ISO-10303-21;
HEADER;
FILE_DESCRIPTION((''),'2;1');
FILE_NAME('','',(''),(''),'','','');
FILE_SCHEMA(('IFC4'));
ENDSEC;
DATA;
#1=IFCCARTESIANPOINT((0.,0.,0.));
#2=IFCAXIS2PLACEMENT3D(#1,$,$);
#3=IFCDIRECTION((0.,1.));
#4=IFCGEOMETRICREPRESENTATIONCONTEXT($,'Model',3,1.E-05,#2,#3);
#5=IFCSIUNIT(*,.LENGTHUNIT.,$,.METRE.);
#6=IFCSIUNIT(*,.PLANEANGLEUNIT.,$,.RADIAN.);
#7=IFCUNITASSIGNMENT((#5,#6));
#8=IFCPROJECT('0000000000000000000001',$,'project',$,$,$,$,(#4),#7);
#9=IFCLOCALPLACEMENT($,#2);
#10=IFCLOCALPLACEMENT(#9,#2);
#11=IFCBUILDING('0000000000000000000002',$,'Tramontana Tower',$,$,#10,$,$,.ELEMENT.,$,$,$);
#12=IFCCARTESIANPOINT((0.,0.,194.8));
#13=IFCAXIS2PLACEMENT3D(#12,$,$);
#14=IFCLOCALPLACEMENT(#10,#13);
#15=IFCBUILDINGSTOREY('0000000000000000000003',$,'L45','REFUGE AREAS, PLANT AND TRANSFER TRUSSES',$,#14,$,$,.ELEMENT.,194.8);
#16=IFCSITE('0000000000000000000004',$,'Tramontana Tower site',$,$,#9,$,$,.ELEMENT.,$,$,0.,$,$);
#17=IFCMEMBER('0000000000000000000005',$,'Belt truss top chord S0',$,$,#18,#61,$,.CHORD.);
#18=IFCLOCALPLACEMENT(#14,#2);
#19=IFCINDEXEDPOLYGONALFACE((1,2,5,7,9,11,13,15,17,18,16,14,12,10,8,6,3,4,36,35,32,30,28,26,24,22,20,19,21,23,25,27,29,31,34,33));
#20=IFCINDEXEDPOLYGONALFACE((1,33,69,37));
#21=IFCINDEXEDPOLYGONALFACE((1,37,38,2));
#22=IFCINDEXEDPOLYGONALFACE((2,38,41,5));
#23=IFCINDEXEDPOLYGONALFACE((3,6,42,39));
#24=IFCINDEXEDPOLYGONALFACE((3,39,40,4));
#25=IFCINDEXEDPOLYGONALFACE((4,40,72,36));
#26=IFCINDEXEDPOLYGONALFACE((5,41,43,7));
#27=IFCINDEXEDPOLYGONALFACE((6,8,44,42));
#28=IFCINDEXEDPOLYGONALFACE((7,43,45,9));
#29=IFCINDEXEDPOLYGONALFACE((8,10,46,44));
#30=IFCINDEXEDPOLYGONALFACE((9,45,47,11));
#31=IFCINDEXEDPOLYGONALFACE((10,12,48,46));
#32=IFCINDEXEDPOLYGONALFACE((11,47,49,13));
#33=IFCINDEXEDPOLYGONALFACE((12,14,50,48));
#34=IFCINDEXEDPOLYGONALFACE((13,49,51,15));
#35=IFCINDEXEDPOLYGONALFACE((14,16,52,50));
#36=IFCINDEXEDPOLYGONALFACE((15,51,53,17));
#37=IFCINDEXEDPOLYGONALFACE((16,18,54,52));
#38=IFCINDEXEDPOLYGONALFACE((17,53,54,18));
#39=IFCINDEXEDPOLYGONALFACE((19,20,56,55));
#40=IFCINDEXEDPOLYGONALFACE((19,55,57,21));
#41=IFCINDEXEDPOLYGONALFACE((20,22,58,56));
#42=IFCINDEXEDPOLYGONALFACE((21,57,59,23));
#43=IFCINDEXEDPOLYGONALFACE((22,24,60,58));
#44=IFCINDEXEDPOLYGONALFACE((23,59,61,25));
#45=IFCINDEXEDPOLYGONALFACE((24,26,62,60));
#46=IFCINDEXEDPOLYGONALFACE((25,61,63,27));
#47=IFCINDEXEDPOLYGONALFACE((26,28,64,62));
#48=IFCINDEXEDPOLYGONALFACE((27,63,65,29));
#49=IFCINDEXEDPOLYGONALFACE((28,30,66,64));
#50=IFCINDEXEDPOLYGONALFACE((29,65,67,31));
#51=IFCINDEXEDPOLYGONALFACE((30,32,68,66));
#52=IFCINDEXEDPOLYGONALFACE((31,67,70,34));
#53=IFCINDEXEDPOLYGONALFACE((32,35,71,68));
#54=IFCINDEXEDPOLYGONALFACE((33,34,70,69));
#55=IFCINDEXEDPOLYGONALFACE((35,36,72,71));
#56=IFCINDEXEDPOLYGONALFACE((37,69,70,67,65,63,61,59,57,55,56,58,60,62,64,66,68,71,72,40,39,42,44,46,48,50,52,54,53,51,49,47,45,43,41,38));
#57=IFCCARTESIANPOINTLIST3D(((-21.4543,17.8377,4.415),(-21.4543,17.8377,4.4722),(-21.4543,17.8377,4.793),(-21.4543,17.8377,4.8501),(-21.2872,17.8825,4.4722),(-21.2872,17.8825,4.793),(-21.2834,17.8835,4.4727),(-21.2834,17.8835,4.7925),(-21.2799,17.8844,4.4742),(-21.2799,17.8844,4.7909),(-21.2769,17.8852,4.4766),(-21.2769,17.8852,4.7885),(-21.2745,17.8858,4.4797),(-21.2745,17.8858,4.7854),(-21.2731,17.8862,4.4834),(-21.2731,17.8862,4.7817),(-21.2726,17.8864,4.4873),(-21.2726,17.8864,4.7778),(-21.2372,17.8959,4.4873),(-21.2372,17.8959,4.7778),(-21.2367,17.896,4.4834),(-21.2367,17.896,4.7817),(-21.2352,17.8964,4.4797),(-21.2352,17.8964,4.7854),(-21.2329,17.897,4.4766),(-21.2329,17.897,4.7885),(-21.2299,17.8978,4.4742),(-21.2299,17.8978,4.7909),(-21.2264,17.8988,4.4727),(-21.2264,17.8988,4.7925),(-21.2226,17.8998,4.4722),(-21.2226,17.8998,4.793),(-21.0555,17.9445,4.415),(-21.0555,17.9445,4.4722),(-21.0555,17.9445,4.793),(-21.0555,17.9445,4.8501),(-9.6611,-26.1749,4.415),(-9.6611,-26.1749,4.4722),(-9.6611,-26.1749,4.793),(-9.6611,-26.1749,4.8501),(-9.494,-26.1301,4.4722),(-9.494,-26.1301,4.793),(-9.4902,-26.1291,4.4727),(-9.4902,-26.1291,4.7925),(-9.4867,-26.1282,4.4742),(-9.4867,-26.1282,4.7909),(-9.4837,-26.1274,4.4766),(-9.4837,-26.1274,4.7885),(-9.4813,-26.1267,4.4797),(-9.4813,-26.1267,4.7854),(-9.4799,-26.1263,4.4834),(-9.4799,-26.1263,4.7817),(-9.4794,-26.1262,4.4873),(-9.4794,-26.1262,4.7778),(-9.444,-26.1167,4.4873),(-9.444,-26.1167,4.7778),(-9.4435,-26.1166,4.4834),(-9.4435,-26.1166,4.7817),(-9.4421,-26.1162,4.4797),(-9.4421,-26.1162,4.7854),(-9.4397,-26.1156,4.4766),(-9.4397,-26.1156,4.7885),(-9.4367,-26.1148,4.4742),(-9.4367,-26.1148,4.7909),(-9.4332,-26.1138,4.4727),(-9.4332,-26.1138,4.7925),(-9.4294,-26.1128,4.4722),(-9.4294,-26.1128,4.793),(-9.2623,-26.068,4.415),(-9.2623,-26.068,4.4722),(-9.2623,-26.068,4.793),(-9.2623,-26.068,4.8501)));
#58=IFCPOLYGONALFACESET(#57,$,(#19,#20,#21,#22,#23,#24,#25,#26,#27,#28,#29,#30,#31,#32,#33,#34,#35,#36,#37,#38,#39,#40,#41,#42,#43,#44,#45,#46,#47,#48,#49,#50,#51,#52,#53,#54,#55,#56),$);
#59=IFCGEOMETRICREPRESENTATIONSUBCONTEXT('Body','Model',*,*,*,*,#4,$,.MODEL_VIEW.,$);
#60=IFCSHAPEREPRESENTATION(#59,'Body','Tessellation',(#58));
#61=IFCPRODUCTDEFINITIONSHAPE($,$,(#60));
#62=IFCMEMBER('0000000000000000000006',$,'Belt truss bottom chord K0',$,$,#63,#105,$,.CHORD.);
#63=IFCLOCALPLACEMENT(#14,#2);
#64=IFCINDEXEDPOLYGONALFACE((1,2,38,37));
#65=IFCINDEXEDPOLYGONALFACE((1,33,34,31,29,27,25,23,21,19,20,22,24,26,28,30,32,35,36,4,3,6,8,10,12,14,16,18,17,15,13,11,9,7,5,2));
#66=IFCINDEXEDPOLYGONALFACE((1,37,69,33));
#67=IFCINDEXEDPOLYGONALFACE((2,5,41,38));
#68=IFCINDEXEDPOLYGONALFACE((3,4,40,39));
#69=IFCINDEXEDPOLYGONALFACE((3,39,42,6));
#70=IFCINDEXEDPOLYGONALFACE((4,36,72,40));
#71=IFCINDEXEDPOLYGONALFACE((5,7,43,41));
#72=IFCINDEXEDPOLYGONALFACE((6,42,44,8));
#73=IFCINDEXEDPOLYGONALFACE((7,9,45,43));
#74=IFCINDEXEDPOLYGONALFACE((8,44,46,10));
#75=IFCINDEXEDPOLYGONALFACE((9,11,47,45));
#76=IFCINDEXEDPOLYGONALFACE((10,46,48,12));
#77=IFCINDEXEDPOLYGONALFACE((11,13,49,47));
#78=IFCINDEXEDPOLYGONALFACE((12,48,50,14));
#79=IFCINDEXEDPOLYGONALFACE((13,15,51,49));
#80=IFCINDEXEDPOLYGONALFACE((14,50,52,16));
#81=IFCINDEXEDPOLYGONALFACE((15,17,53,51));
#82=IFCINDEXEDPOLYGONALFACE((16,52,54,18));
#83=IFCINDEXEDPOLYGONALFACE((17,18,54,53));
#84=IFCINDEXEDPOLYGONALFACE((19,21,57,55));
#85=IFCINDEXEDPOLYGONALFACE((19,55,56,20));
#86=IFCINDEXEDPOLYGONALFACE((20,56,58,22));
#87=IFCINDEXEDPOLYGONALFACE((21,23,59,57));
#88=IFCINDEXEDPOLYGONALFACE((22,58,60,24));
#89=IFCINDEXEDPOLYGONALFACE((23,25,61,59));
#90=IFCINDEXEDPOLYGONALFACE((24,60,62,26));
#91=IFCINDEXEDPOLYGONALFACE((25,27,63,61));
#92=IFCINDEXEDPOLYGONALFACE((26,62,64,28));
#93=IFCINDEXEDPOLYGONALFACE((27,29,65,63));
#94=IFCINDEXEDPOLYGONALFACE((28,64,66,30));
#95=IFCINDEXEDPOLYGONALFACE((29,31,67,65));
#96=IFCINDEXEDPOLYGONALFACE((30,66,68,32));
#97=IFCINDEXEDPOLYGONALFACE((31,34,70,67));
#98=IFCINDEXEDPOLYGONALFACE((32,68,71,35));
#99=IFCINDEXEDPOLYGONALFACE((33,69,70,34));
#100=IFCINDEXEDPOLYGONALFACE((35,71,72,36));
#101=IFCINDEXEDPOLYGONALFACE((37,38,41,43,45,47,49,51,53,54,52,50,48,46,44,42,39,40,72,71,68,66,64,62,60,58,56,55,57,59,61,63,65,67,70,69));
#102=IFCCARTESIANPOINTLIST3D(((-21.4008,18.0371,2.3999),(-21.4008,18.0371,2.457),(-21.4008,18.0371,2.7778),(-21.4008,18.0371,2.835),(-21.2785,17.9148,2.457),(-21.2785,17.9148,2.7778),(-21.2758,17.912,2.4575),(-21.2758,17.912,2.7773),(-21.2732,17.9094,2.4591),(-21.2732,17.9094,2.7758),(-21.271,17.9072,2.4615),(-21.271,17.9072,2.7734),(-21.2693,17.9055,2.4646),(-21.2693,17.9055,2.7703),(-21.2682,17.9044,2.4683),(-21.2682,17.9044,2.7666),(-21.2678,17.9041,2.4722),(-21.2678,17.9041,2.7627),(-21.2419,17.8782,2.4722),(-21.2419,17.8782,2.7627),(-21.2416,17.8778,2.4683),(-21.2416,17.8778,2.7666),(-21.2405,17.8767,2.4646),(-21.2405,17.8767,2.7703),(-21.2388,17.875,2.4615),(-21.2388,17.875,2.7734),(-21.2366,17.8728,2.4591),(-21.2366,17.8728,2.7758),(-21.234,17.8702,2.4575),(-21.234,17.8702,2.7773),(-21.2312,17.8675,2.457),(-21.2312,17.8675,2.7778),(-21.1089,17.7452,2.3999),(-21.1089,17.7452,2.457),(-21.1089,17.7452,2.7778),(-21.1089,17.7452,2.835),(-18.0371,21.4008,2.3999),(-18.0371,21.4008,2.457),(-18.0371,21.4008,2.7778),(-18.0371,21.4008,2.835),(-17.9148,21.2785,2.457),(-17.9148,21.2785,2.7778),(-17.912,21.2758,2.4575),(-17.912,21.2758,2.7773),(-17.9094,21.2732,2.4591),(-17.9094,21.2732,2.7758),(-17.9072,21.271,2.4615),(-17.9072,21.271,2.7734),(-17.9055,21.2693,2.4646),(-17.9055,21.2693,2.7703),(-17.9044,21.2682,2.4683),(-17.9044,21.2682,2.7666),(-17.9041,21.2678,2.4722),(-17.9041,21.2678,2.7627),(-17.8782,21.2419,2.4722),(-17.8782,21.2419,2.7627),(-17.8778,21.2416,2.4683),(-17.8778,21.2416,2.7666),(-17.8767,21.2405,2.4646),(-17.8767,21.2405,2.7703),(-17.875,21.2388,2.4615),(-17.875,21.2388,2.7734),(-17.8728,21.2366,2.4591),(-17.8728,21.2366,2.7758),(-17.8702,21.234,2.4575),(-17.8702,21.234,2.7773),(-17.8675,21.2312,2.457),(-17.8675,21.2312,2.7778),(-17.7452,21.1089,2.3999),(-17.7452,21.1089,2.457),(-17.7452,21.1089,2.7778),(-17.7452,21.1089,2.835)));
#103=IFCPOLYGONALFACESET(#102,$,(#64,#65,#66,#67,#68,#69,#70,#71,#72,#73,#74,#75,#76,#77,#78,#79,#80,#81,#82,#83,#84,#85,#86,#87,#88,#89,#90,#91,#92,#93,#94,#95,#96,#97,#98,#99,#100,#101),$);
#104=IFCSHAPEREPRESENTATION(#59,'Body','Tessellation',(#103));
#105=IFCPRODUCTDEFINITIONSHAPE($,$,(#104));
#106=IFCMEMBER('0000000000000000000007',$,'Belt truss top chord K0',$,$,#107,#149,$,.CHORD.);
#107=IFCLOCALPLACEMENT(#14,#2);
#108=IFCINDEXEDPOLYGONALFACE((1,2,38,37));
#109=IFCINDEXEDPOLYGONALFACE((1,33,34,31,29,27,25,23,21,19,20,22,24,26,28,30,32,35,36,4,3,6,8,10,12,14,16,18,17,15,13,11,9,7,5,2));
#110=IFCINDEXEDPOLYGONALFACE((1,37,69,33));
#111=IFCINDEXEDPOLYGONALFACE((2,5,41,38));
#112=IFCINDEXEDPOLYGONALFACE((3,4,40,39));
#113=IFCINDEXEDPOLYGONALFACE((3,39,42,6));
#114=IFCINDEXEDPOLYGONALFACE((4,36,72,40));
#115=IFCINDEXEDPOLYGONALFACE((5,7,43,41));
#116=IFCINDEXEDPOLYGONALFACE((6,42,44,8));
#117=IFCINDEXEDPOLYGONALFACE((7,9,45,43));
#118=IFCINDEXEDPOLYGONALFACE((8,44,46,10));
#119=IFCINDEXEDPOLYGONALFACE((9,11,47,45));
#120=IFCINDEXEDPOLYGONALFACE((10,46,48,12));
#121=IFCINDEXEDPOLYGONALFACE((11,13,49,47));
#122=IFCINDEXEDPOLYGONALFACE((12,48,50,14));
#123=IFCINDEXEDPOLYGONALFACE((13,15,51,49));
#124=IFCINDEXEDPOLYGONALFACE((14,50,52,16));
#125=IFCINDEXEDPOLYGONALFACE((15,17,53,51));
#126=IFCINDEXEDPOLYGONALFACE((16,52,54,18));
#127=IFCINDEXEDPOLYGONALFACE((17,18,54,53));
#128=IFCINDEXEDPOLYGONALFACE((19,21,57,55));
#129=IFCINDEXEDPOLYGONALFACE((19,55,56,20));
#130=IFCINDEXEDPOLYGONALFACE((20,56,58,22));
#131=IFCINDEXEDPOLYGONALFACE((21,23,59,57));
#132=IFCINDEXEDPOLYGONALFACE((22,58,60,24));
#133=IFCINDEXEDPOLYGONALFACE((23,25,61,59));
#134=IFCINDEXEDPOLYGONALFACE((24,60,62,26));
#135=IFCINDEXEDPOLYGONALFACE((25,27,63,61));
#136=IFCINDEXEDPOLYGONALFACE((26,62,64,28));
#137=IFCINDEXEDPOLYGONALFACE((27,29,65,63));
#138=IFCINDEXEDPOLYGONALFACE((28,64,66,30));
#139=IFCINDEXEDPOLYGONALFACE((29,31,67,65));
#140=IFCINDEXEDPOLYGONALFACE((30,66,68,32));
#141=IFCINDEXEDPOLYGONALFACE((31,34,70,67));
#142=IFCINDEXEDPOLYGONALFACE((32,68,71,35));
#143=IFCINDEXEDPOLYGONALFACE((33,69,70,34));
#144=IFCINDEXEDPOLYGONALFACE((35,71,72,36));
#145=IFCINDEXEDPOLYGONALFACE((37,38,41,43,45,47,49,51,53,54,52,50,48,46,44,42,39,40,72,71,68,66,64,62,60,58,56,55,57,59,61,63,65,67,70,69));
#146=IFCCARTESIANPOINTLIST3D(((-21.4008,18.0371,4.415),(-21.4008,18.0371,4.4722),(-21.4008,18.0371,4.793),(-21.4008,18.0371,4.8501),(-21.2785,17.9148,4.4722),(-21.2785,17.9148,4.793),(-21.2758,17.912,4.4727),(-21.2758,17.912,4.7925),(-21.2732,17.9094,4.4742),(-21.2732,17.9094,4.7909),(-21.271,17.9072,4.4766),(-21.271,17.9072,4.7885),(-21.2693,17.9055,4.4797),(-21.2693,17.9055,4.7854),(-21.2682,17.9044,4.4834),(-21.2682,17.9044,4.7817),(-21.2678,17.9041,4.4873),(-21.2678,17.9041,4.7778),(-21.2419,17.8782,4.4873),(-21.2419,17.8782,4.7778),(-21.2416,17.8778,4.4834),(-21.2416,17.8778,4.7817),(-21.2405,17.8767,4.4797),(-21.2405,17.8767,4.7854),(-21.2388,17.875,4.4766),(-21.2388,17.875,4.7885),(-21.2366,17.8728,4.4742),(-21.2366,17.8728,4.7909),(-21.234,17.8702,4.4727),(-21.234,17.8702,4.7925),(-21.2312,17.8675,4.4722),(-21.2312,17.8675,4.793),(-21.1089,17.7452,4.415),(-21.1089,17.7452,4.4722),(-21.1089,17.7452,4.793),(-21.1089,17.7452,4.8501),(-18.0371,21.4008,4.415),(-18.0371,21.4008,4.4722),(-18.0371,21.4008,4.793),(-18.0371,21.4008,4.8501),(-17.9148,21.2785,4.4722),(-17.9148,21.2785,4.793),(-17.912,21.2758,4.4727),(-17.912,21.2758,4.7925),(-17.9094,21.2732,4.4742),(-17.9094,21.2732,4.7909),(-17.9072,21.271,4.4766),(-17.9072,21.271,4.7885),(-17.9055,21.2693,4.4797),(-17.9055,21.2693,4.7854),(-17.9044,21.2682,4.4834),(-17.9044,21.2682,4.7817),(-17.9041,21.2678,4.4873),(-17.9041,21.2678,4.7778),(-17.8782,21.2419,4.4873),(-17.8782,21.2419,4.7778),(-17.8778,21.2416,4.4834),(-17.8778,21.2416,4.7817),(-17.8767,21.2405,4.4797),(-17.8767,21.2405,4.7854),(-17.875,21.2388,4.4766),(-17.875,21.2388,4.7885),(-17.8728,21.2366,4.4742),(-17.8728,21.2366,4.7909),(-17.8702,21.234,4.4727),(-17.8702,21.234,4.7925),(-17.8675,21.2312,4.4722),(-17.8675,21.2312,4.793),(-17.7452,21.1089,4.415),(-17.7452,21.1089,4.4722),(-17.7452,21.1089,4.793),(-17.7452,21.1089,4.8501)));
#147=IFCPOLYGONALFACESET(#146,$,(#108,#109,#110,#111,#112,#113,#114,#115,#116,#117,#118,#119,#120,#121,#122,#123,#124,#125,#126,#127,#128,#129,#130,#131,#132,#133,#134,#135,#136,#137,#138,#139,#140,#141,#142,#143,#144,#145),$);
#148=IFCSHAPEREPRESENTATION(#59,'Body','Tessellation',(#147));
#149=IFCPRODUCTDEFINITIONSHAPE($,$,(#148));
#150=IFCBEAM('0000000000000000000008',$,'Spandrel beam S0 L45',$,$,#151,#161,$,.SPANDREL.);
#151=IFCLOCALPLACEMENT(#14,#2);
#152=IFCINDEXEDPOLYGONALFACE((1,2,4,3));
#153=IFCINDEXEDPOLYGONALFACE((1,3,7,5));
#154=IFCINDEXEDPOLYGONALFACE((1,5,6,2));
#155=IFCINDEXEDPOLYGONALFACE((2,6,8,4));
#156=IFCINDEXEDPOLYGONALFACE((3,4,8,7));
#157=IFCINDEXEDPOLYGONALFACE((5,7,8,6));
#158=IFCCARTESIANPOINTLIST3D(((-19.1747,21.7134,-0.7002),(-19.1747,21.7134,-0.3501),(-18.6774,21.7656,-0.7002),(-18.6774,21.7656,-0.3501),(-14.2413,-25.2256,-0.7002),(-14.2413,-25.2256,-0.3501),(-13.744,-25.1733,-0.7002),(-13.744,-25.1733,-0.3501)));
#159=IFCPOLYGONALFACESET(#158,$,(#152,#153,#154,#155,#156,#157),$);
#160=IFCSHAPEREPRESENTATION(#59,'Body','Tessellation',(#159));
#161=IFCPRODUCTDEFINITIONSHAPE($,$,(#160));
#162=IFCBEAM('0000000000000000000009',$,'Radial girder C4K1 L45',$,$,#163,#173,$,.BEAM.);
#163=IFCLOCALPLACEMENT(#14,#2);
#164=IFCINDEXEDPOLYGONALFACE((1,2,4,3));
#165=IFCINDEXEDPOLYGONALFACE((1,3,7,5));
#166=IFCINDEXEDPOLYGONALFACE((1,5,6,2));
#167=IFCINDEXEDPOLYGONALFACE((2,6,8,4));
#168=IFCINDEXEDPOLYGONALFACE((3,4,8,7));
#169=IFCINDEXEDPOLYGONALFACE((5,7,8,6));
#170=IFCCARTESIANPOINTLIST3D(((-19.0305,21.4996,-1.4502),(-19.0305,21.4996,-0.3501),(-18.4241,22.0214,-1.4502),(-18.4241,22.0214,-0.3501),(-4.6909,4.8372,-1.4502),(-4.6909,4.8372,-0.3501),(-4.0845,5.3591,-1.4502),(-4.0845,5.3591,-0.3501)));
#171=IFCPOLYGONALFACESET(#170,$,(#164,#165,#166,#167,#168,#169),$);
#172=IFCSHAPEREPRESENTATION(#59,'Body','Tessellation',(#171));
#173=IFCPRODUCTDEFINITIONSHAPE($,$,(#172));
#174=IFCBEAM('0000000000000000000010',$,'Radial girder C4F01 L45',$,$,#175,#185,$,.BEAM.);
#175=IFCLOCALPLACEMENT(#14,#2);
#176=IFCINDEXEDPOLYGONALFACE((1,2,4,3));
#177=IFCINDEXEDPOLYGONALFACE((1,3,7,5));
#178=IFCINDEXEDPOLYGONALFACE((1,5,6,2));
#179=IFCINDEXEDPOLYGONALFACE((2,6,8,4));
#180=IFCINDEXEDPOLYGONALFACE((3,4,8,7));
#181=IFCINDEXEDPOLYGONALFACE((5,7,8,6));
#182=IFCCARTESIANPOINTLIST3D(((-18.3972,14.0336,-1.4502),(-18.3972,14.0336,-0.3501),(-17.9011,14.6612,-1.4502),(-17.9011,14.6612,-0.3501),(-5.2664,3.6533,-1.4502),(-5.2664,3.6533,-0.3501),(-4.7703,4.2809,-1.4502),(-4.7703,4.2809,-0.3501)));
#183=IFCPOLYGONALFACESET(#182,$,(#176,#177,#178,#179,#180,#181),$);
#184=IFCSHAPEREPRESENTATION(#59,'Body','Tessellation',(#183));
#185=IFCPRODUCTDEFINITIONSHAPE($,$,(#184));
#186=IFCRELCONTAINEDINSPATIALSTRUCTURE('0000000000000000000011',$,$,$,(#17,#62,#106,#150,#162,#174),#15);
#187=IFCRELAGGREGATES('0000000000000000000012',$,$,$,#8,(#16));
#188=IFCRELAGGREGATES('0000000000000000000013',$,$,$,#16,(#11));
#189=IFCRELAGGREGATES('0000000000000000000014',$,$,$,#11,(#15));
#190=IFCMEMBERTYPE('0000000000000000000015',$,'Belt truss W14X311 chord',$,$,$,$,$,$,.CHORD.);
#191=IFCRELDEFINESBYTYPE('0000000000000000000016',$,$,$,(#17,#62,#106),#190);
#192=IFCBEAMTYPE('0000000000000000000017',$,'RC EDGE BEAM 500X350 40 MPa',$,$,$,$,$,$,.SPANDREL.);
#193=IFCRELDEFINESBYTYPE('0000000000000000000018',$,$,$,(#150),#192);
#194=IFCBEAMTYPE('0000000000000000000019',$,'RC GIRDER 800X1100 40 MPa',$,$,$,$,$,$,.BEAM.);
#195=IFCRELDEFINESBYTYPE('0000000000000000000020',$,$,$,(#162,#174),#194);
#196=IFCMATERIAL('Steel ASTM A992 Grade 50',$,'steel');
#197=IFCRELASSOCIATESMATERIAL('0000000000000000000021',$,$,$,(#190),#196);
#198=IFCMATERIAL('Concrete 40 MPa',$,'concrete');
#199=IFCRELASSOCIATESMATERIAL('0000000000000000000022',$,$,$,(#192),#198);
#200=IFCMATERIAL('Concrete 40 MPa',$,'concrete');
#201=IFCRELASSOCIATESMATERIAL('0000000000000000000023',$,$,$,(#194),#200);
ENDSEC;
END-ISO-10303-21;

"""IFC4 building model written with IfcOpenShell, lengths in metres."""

from ifc_helpers import new_model, si_unit, direction, frame, origin, origin_2d, place, context, subcontext, project, spatial, rectangle, i_section, extrude, material, material_profile, profile_set, type_object, element, save


model = new_model("IFC4")

# Units and contexts
model_context = context("Model", 3, precision=1e-05, world=origin(), true_north=direction((0.0, 1.0)))
body_context = subcontext(model_context, "Body", "Model", "MODEL_VIEW")
ifc_project = project(units=[si_unit("LENGTHUNIT", "METRE"), si_unit("PLANEANGLEUNIT", "RADIAN")], contexts=[model_context])

# Site, building, storey
site_placement = place(None, origin())
site = spatial("IfcSite", under=ifc_project, at=site_placement, Name="Tramontana Tower site", CompositionType="ELEMENT", RefElevation=0.0)
building_placement = place(site_placement, origin())
building = spatial("IfcBuilding", under=site, at=building_placement, Name="Tramontana Tower", CompositionType="ELEMENT")
storey_placement = place(building_placement, frame((0.0, 0.0, 194.8)))
storey = spatial("IfcBuildingStorey", under=building, at=storey_placement, Name="L45", Description="REFUGE AREAS, PLANT AND TRANSFER TRUSSES", CompositionType="ELEMENT", Elevation=194.8)

# Members
ifc_material_1 = material(Name="Steel ASTM A992 Grade 50", Category="steel")
ifc_material_profile_1 = material_profile(ifc_material_1, i_section(OverallWidth=0.4128, OverallDepth=0.4351, WebThickness=0.0366, FlangeThickness=0.0571, FilletRadius=0.0151, at=origin_2d()), Name="W14X311")
ifc_profile_set_1 = profile_set([ifc_material_profile_1], Name="Steel ASTM A992 Grade 50")
member_type_1 = type_object("IfcMemberType", Name="Belt truss W14X311 chord", PredefinedType="CHORD", material=ifc_profile_set_1)
for number, where, z_axis, x_axis, name in (
    (1, (-21.2549, 17.8911, 4.6326), (0.25882, -0.965926, 0.0), (0.965926, 0.25882, 0.0), "Belt truss top chord S0"),
):
    element("IfcMember", number, at=place(storey_placement, frame(where, z_axis=z_axis, x_axis=x_axis)), inside=storey, type_object=member_type_1, Name=name, PredefinedType="CHORD", context=body_context, shape_type="SweptSolid", body=[
        extrude(i_section(OverallWidth=0.4128, OverallDepth=0.4351, WebThickness=0.0366, FlangeThickness=0.0571, FilletRadius=0.0151, at=origin_2d()), origin(), (0.0, 0.0, 1.0), 45.5652),
    ])
for number, where, z_axis, x_axis, name in (
    (2, (-17.8911, 21.2549, 2.6174), (-0.707107, -0.707107, 0.0), (0.707107, -0.707107, 0.0), "Belt truss bottom chord K0"),
    (3, (-17.8911, 21.2549, 4.6326), (-0.707107, -0.707107, 0.0), (0.707107, -0.707107, 0.0), "Belt truss top chord K0"),
):
    element("IfcMember", number, at=place(storey_placement, frame(where, z_axis=z_axis, x_axis=x_axis)), inside=storey, type_object=member_type_1, Name=name, PredefinedType="CHORD", context=body_context, shape_type="SweptSolid", body=[
        extrude(i_section(OverallWidth=0.4128, OverallDepth=0.4351, WebThickness=0.0366, FlangeThickness=0.0571, FilletRadius=0.0151, at=origin_2d()), origin(), (0.0, 0.0, 1.0), 4.7571),
    ])

# Beams
ifc_material_2 = material(Name="Concrete 40 MPa", Category="concrete")
ifc_material_profile_2 = material_profile(ifc_material_2, rectangle(XDim=0.5, YDim=0.3501, at=origin_2d()), Name="RC EDGE BEAM 500X350 40 MPa")
ifc_profile_set_2 = profile_set([ifc_material_profile_2], Name="Concrete 40 MPa")
beam_type_1 = type_object("IfcBeamType", Name="RC EDGE BEAM 500X350 40 MPa", PredefinedType="SPANDREL", material=ifc_profile_set_2)
beam_1_placement = place(storey_placement, frame((-18.926, 21.7395, -0.5251), z_axis=(0.104526, -0.994522, 0.0), x_axis=(0.994522, 0.104526, 0.0)))
element("IfcBeam", 4, at=beam_1_placement, inside=storey, type_object=beam_type_1, Name="Spandrel beam S0 L45", PredefinedType="SPANDREL", context=body_context, shape_type="SweptSolid", body=[
    extrude(rectangle(XDim=0.5, YDim=0.3501, at=origin_2d()), origin(), (0.0, 0.0, 1.0), 47.1975),
])
ifc_material_3 = material(Name="Concrete 40 MPa", Category="concrete")
ifc_material_profile_3 = material_profile(ifc_material_3, rectangle(XDim=0.8, YDim=1.1001, at=origin_2d()), Name="RC GIRDER 800X1100 40 MPa")
ifc_profile_set_3 = profile_set([ifc_material_profile_3], Name="Concrete 40 MPa")
beam_type_2 = type_object("IfcBeamType", Name="RC GIRDER 800X1100 40 MPa", PredefinedType="BEAM", material=ifc_profile_set_3)
beam_2_placement = place(storey_placement, frame((-18.7273, 21.7605, -0.9001), z_axis=(0.6523, -0.757961, 0.0), x_axis=(0.757961, 0.6523, 0.0)))
element("IfcBeam", 5, at=beam_2_placement, inside=storey, type_object=beam_type_2, Name="Radial girder C4K1 L45", PredefinedType="BEAM", context=body_context, shape_type="SweptSolid", body=[
    extrude(rectangle(XDim=0.8, YDim=1.1001, at=origin_2d()), origin(), (0.0, 0.0, 1.0), 21.9832),
])
beam_3_placement = place(storey_placement, frame((-18.1492, 14.3474, -0.9001), z_axis=(0.784479, -0.620156, 0.0), x_axis=(0.620156, 0.784479, 0.0)))
element("IfcBeam", 6, at=beam_3_placement, inside=storey, type_object=beam_type_2, Name="Radial girder C4F01 L45", PredefinedType="BEAM", context=body_context, shape_type="SweptSolid", body=[
    extrude(rectangle(XDim=0.8, YDim=1.1001, at=origin_2d()), origin(), (0.0, 0.0, 1.0), 16.7383),
])

save(model, "model.ifc")
